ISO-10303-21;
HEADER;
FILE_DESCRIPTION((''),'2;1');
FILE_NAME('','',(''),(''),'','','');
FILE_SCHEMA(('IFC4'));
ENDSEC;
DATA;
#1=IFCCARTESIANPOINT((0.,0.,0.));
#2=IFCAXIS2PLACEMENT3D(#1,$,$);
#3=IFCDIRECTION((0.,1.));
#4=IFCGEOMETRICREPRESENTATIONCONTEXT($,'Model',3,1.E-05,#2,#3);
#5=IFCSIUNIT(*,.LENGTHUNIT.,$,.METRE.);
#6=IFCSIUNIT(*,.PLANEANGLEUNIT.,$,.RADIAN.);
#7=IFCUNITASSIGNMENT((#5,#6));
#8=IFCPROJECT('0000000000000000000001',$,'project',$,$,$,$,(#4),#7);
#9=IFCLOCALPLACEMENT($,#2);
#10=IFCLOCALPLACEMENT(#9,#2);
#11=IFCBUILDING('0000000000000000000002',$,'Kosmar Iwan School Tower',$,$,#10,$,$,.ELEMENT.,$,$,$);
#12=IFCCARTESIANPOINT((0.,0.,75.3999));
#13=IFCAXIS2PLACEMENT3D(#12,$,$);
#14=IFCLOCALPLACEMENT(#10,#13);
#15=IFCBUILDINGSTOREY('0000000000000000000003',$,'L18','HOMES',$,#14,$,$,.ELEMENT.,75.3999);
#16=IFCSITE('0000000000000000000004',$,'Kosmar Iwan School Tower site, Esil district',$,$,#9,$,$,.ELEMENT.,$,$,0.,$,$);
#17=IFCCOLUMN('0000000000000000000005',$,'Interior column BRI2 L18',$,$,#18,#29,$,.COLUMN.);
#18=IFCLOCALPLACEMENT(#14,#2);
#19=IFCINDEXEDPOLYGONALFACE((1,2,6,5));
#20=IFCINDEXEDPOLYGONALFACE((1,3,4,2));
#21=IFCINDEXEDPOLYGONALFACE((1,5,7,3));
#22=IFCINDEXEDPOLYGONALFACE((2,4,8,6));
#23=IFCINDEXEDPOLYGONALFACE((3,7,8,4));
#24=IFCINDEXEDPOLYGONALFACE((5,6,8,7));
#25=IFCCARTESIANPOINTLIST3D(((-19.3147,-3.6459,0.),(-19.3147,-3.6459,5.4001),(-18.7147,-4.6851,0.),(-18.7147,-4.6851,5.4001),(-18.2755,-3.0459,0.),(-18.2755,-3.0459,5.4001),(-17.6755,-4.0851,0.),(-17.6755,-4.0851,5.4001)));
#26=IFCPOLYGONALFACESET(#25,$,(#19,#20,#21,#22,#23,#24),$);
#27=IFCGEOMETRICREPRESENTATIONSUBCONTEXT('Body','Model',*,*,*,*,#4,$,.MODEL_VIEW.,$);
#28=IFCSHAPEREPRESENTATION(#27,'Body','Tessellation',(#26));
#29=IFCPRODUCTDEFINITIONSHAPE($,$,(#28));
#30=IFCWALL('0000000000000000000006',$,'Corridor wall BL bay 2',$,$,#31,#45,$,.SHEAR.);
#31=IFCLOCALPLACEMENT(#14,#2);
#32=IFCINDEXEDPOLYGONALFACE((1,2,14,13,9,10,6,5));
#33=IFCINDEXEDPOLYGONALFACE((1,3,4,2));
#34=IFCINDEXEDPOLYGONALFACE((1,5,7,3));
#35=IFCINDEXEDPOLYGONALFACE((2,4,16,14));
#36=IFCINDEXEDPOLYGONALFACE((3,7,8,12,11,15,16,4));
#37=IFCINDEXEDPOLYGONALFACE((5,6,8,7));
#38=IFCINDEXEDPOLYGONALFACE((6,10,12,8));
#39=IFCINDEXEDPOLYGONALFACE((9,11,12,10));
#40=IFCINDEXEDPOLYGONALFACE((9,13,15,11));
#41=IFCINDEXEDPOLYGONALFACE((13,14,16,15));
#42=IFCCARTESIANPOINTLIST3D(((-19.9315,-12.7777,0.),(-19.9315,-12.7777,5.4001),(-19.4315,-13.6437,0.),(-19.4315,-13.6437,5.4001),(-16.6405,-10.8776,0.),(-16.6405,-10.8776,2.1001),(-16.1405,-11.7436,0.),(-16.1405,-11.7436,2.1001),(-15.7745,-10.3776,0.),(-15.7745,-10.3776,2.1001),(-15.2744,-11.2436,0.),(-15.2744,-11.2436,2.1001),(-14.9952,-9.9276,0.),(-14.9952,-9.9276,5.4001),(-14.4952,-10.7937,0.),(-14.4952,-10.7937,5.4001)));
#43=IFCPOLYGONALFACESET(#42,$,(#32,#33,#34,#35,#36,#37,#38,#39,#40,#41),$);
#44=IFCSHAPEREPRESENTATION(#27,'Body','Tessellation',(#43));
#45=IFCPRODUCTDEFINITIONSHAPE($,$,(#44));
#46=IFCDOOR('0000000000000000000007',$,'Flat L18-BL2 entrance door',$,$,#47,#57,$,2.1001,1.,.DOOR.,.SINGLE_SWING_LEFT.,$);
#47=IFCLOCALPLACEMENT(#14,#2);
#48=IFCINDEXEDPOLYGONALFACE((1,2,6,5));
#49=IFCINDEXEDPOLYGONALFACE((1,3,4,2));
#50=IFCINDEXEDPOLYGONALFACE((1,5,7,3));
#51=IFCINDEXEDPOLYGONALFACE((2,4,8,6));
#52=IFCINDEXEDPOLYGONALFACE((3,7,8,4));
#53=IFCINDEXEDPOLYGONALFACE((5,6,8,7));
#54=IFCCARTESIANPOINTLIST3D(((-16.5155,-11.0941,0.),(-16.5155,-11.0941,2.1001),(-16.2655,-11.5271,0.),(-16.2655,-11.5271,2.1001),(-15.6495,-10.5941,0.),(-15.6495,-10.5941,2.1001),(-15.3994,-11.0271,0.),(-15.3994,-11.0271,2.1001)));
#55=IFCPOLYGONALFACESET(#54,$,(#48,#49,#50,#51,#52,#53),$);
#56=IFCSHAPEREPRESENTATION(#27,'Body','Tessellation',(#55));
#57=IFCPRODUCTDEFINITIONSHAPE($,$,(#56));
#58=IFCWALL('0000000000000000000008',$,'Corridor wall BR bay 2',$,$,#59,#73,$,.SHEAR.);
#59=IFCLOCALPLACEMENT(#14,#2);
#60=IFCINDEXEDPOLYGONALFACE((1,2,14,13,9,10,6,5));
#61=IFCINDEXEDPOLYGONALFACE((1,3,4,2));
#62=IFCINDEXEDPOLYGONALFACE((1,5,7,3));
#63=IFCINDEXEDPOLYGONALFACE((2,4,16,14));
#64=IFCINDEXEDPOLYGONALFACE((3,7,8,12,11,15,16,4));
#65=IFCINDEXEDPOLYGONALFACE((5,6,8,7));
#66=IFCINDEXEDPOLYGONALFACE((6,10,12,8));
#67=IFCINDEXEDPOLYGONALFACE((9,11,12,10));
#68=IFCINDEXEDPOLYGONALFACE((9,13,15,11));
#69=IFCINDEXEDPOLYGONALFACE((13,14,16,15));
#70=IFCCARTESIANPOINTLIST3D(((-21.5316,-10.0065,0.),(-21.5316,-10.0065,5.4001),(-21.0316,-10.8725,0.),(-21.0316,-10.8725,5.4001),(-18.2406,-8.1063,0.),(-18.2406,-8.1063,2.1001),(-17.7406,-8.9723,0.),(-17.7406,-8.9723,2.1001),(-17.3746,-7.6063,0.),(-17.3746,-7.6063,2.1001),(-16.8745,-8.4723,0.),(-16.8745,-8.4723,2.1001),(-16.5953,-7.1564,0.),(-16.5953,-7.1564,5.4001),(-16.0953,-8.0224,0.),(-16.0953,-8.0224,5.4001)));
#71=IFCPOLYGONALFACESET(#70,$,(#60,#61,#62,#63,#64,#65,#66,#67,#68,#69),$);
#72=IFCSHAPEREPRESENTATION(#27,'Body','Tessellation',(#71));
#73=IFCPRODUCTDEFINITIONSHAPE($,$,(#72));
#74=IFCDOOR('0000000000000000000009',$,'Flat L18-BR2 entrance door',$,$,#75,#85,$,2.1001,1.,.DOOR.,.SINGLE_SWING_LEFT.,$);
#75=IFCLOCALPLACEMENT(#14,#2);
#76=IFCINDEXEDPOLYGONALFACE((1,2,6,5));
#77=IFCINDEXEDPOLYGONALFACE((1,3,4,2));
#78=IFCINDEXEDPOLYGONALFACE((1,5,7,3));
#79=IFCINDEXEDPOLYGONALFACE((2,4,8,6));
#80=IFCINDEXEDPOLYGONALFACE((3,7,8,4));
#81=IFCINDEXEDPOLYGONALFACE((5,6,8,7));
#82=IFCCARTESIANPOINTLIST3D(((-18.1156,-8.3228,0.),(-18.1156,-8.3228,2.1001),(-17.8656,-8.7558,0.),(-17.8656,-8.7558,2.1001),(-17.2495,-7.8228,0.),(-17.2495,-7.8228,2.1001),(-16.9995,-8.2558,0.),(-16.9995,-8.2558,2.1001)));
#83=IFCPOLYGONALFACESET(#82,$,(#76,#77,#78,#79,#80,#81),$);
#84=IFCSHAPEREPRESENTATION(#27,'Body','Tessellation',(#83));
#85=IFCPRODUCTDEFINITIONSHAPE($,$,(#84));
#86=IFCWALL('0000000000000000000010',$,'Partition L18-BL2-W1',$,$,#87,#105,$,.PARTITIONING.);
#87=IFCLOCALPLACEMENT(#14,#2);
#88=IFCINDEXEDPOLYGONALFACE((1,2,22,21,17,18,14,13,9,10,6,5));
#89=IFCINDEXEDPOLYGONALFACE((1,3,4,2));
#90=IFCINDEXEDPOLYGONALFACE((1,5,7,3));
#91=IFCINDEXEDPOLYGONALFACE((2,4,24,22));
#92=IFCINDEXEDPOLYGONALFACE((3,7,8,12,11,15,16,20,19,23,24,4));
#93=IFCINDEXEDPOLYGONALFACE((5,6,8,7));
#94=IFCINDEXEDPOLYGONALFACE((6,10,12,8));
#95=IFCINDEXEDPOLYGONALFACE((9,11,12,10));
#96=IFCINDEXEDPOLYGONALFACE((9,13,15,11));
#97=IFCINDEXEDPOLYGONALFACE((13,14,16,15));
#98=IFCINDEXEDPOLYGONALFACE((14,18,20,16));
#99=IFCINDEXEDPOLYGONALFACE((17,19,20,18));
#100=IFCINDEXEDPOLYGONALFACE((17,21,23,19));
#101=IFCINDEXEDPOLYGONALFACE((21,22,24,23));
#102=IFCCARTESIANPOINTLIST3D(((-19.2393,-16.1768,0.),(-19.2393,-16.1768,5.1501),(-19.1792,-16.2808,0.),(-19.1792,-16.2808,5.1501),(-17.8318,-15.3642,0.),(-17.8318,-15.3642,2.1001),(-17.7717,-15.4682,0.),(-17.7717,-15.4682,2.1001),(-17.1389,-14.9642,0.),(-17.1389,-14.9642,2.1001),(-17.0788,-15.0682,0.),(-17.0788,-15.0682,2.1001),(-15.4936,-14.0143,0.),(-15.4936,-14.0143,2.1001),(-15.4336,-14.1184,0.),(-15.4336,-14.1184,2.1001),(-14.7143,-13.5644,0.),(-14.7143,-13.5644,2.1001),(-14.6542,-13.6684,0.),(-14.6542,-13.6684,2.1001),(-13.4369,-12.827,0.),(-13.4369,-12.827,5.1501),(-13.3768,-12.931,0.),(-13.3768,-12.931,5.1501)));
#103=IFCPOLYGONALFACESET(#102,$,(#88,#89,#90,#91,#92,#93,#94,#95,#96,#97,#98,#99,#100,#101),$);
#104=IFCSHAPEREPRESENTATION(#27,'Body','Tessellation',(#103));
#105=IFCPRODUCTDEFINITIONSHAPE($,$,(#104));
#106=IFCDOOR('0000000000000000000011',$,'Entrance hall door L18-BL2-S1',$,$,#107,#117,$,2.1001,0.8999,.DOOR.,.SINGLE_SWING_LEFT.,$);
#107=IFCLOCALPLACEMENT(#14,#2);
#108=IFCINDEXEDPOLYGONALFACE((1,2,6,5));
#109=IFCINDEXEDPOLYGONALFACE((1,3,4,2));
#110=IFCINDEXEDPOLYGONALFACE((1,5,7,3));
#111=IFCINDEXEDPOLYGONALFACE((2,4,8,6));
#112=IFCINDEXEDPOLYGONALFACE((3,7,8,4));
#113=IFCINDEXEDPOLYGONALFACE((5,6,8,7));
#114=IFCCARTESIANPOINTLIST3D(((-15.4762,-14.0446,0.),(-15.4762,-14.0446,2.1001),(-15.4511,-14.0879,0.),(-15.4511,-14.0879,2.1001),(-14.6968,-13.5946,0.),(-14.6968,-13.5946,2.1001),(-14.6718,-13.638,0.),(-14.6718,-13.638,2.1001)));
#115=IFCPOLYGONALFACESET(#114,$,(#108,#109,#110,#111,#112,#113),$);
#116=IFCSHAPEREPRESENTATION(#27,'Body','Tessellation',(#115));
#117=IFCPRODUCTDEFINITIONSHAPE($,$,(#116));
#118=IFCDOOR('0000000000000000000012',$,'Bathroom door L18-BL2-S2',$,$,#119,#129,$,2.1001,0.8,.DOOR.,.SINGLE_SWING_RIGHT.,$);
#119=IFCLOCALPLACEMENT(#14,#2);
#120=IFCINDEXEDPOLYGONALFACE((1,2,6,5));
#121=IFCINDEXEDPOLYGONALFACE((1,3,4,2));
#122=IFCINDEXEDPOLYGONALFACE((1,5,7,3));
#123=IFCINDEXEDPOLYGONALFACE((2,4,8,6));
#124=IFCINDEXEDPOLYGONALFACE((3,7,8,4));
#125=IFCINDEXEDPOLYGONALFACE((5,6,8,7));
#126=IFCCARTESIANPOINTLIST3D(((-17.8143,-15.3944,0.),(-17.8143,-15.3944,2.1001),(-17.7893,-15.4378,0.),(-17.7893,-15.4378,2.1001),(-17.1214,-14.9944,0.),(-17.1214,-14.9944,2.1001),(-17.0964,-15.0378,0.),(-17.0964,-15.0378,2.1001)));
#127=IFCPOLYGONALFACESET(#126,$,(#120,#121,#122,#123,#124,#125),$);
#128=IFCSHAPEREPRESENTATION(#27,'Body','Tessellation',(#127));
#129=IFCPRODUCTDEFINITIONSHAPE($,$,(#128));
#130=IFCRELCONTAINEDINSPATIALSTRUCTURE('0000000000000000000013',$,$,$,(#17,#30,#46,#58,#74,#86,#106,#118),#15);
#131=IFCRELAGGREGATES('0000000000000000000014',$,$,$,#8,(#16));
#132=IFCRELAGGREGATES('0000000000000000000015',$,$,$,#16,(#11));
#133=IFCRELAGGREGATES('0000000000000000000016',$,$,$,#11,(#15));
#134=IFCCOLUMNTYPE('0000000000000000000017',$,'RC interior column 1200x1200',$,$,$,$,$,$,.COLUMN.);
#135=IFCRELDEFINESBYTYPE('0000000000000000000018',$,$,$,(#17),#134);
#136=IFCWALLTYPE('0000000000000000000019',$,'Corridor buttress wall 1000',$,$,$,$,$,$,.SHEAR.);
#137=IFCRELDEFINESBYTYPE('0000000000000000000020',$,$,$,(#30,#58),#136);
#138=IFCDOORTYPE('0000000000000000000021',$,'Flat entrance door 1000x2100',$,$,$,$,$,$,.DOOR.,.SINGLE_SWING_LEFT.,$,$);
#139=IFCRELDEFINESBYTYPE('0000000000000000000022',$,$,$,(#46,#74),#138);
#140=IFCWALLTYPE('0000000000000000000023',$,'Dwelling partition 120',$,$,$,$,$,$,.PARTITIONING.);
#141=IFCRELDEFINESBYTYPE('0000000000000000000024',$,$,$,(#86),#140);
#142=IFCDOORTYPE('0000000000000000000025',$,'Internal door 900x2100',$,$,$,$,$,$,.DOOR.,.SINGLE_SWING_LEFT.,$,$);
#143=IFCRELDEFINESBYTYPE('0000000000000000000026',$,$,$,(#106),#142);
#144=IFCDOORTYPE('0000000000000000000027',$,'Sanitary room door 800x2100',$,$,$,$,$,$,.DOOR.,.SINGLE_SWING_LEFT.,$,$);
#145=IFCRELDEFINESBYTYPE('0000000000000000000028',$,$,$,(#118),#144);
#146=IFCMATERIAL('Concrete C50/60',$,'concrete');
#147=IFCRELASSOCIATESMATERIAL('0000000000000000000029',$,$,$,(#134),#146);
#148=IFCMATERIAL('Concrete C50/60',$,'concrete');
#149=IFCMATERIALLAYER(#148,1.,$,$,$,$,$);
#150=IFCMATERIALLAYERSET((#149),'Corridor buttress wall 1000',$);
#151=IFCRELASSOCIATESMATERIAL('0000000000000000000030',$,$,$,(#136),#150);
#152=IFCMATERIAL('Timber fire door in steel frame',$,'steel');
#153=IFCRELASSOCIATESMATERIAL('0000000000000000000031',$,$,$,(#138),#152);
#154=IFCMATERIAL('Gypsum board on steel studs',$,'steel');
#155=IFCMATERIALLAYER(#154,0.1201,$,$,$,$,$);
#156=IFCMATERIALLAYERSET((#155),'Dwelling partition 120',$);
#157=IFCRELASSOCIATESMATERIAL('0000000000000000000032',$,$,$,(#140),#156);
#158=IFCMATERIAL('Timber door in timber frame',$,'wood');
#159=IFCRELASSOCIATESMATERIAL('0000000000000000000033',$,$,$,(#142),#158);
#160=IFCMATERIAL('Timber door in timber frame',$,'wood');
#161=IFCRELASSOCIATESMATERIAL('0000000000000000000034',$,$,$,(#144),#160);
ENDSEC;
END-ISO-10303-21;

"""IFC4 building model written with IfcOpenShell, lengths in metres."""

from ifc_helpers import new_model, si_unit, direction, frame, frame_2d, origin, origin_2d, place, context, subcontext, project, spatial, rectangle, extrude, material, layer, layer_set, material_profile, profile_set, type_object, element, fill, save


model = new_model("IFC4")

# Units and contexts
model_context = context("Model", 3, precision=1e-05, world=origin(), true_north=direction((0.0, 1.0)))
body_context = subcontext(model_context, "Body", "Model", "MODEL_VIEW")
ifc_project = project(units=[si_unit("LENGTHUNIT", "METRE"), si_unit("PLANEANGLEUNIT", "RADIAN")], contexts=[model_context])

# Site, building, storey
site_placement = place(None, origin())
site = spatial("IfcSite", under=ifc_project, at=site_placement, Name="Kosmar Iwan School Tower site, Esil district", CompositionType="ELEMENT", RefElevation=0.0)
building_placement = place(site_placement, origin())
building = spatial("IfcBuilding", under=site, at=building_placement, Name="Kosmar Iwan School Tower", CompositionType="ELEMENT")
storey_placement = place(building_placement, frame((0.0, 0.0, 75.3999)))
storey = spatial("IfcBuildingStorey", under=building, at=storey_placement, Name="L18", Description="HOMES", CompositionType="ELEMENT", Elevation=75.3999)

# Column
ifc_material_1 = material(Name="Concrete C50/60", Category="concrete")
ifc_material_profile = material_profile(ifc_material_1, rectangle(XDim=1.2, YDim=1.2, at=origin_2d()), Name="RC 1200x1200")
ifc_profile_set = profile_set([ifc_material_profile], Name="Concrete C50/60")
column_type = type_object("IfcColumnType", Name="RC interior column 1200x1200", PredefinedType="COLUMN", material=ifc_profile_set)
column_placement = place(storey_placement, frame((-18.4951, -3.8655, 0.0), z_axis=(0.0, 0.0, 1.0), x_axis=(-0.866025, -0.5, 0.0)))
element("IfcColumn", 1, at=column_placement, inside=storey, type_object=column_type, Name="Interior column BRI2 L18", PredefinedType="COLUMN", context=body_context, shape_type="SweptSolid", body=[
    extrude(rectangle(XDim=1.2, YDim=1.2, at=origin_2d()), origin(), (0.0, 0.0, 1.0), 5.4001),
])

# Walls, openings, doors
ifc_material_2 = material(Name="Concrete C50/60", Category="concrete")
ifc_layer_1 = layer(ifc_material_2, 1.0)
ifc_layer_set_1 = layer_set([ifc_layer_1], Name="Corridor buttress wall 1000")
wall_type_1 = type_object("IfcWallType", Name="Corridor buttress wall 1000", PredefinedType="SHEAR", material=ifc_layer_set_1)
wall_1_placement = place(storey_placement, frame((-14.7451, -10.3606, 0.0), z_axis=(0.0, 0.0, 1.0), x_axis=(-0.866015, -0.500018, 0.0)))
wall_1 = element("IfcWall", 2, at=wall_1_placement, inside=storey, type_object=wall_type_1, Name="Corridor wall BL bay 2", PredefinedType="SHEAR", context=body_context, shape_type="SweptSolid", body=[
    extrude(rectangle(XDim=5.7, YDim=1.0, at=frame_2d((2.8501, 0.0))), origin(), (0.0, 0.0, 1.0), 5.4001),
])
opening_1_placement = place(wall_1_placement, frame((0.8999, 0.0, 0.0)))
opening_1 = element("IfcOpeningElement", 3, at=opening_1_placement, cuts=wall_1, PredefinedType="OPENING", context=body_context, shape_type="SweptSolid", body=[
    extrude(rectangle(XDim=1.0, YDim=2.1001, at=frame_2d((0.5, 1.05))), frame((0.0, 0.512, 0.0), z_axis=(0.0, -1.0, 0.0), x_axis=(1.0, 0.0, 0.0)), (0.0, 0.0, 1.0), 1.0239),
])
ifc_material_3 = material(Name="Timber fire door in steel frame", Category="steel")
door_type_1 = type_object("IfcDoorType", Name="Flat entrance door 1000x2100", OperationType="SINGLE_SWING_LEFT", PredefinedType="DOOR", material=ifc_material_3)
door_1_placement = place(opening_1_placement, origin())
door_1 = element("IfcDoor", 4, at=door_1_placement, inside=storey, type_object=door_type_1, Name="Flat L18-BL2 entrance door", OperationType="SINGLE_SWING_LEFT", OverallHeight=2.1001, OverallWidth=1.0, PredefinedType="DOOR", context=body_context, shape_type="SweptSolid", body=[
    extrude(rectangle(XDim=1.0, YDim=2.1001, at=frame_2d((0.5, 1.05))), frame((0.0, 0.25, 0.0), z_axis=(0.0, -1.0, 0.0), x_axis=(1.0, 0.0, 0.0)), (0.0, 0.0, 1.0), 0.5),
])
fill(opening_1, door_1)
wall_2_placement = place(storey_placement, frame((-16.3452, -7.5894, 0.0), z_axis=(0.0, 0.0, 1.0), x_axis=(-0.866015, -0.500018, 0.0)))
wall_2 = element("IfcWall", 5, at=wall_2_placement, inside=storey, type_object=wall_type_1, Name="Corridor wall BR bay 2", PredefinedType="SHEAR", context=body_context, shape_type="SweptSolid", body=[
    extrude(rectangle(XDim=5.7, YDim=1.0, at=frame_2d((2.8501, 0.0))), origin(), (0.0, 0.0, 1.0), 5.4001),
])
opening_2_placement = place(wall_2_placement, frame((0.8999, 0.0, 0.0)))
opening_2 = element("IfcOpeningElement", 6, at=opening_2_placement, cuts=wall_2, PredefinedType="OPENING", context=body_context, shape_type="SweptSolid", body=[
    extrude(rectangle(XDim=1.0, YDim=2.1001, at=frame_2d((0.5, 1.05))), frame((0.0, 0.512, 0.0), z_axis=(0.0, -1.0, 0.0), x_axis=(1.0, 0.0, 0.0)), (0.0, 0.0, 1.0), 1.0239),
])
door_2_placement = place(opening_2_placement, origin())
door_2 = element("IfcDoor", 7, at=door_2_placement, inside=storey, type_object=door_type_1, Name="Flat L18-BR2 entrance door", OperationType="SINGLE_SWING_LEFT", OverallHeight=2.1001, OverallWidth=1.0, PredefinedType="DOOR", context=body_context, shape_type="SweptSolid", body=[
    extrude(rectangle(XDim=1.0, YDim=2.1001, at=frame_2d((0.5, 1.05))), frame((0.0, 0.25, 0.0), z_axis=(0.0, -1.0, 0.0), x_axis=(1.0, 0.0, 0.0)), (0.0, 0.0, 1.0), 0.5),
])
fill(opening_2, door_2)

# Wall, openings, doors
ifc_material_4 = material(Name="Gypsum board on steel studs", Category="steel")
ifc_layer_2 = layer(ifc_material_4, 0.1201)
ifc_layer_set_2 = layer_set([ifc_layer_2], Name="Dwelling partition 120")
wall_type_2 = type_object("IfcWallType", Name="Dwelling partition 120", PredefinedType="PARTITIONING", material=ifc_layer_set_2)
wall_3_placement = place(storey_placement, frame((-13.4067, -12.8789, 0.0), z_axis=(0.0, 0.0, 1.0), x_axis=(-0.866039, -0.499976, 0.0)))
wall_3 = element("IfcWall", 8, at=wall_3_placement, inside=storey, type_object=wall_type_2, Name="Partition L18-BL2-W1", PredefinedType="PARTITIONING", context=body_context, shape_type="SweptSolid", body=[
    extrude(rectangle(XDim=6.7, YDim=0.1201, at=frame_2d((3.3501, 0.0))), origin(), (0.0, 0.0, 1.0), 5.1501),
])
opening_3_placement = place(wall_3_placement, frame((1.4751, 0.0, 0.0)))
opening_3 = element("IfcOpeningElement", 9, at=opening_3_placement, cuts=wall_3, PredefinedType="OPENING", context=body_context, shape_type="SweptSolid", body=[
    extrude(rectangle(XDim=0.8999, YDim=2.1001, at=frame_2d((0.45, 1.05))), frame((0.0, 0.072, 0.0), z_axis=(0.0, -1.0, 0.0), x_axis=(1.0, 0.0, 0.0)), (0.0, 0.0, 1.0), 0.144),
])
opening_4_placement = place(wall_3_placement, frame((4.2749, 0.0, 0.0)))
opening_4 = element("IfcOpeningElement", 10, at=opening_4_placement, cuts=wall_3, PredefinedType="OPENING", context=body_context, shape_type="SweptSolid", body=[
    extrude(rectangle(XDim=0.8, YDim=2.1001, at=frame_2d((0.3999, 1.05))), frame((0.0, 0.072, 0.0), z_axis=(0.0, -1.0, 0.0), x_axis=(1.0, 0.0, 0.0)), (0.0, 0.0, 1.0), 0.144),
])
ifc_material_5 = material(Name="Timber door in timber frame", Category="wood")
door_type_2 = type_object("IfcDoorType", Name="Internal door 900x2100", OperationType="SINGLE_SWING_LEFT", PredefinedType="DOOR", material=ifc_material_5)
door_3_placement = place(opening_3_placement, origin())
door_3 = element("IfcDoor", 11, at=door_3_placement, inside=storey, type_object=door_type_2, Name="Entrance hall door L18-BL2-S1", OperationType="SINGLE_SWING_LEFT", OverallHeight=2.1001, OverallWidth=0.8999, PredefinedType="DOOR", context=body_context, shape_type="SweptSolid", body=[
    extrude(rectangle(XDim=0.8999, YDim=2.1001, at=frame_2d((0.45, 1.05))), frame((0.0, 0.0249, 0.0), z_axis=(0.0, -1.0, 0.0), x_axis=(1.0, 0.0, 0.0)), (0.0, 0.0, 1.0), 0.05),
])
fill(opening_3, door_3)
ifc_material_6 = material(Name="Timber door in timber frame", Category="wood")
door_type_3 = type_object("IfcDoorType", Name="Sanitary room door 800x2100", OperationType="SINGLE_SWING_LEFT", PredefinedType="DOOR", material=ifc_material_6)
door_4_placement = place(opening_4_placement, origin())
door_4 = element("IfcDoor", 12, at=door_4_placement, inside=storey, type_object=door_type_3, Name="Bathroom door L18-BL2-S2", OperationType="SINGLE_SWING_RIGHT", OverallHeight=2.1001, OverallWidth=0.8, PredefinedType="DOOR", context=body_context, shape_type="SweptSolid", body=[
    extrude(rectangle(XDim=0.8, YDim=2.1001, at=frame_2d((0.3999, 1.05))), frame((0.0, 0.0249, 0.0), z_axis=(0.0, -1.0, 0.0), x_axis=(1.0, 0.0, 0.0)), (0.0, 0.0, 1.0), 0.05),
])
fill(opening_4, door_4)

save(model, "model.ifc")
